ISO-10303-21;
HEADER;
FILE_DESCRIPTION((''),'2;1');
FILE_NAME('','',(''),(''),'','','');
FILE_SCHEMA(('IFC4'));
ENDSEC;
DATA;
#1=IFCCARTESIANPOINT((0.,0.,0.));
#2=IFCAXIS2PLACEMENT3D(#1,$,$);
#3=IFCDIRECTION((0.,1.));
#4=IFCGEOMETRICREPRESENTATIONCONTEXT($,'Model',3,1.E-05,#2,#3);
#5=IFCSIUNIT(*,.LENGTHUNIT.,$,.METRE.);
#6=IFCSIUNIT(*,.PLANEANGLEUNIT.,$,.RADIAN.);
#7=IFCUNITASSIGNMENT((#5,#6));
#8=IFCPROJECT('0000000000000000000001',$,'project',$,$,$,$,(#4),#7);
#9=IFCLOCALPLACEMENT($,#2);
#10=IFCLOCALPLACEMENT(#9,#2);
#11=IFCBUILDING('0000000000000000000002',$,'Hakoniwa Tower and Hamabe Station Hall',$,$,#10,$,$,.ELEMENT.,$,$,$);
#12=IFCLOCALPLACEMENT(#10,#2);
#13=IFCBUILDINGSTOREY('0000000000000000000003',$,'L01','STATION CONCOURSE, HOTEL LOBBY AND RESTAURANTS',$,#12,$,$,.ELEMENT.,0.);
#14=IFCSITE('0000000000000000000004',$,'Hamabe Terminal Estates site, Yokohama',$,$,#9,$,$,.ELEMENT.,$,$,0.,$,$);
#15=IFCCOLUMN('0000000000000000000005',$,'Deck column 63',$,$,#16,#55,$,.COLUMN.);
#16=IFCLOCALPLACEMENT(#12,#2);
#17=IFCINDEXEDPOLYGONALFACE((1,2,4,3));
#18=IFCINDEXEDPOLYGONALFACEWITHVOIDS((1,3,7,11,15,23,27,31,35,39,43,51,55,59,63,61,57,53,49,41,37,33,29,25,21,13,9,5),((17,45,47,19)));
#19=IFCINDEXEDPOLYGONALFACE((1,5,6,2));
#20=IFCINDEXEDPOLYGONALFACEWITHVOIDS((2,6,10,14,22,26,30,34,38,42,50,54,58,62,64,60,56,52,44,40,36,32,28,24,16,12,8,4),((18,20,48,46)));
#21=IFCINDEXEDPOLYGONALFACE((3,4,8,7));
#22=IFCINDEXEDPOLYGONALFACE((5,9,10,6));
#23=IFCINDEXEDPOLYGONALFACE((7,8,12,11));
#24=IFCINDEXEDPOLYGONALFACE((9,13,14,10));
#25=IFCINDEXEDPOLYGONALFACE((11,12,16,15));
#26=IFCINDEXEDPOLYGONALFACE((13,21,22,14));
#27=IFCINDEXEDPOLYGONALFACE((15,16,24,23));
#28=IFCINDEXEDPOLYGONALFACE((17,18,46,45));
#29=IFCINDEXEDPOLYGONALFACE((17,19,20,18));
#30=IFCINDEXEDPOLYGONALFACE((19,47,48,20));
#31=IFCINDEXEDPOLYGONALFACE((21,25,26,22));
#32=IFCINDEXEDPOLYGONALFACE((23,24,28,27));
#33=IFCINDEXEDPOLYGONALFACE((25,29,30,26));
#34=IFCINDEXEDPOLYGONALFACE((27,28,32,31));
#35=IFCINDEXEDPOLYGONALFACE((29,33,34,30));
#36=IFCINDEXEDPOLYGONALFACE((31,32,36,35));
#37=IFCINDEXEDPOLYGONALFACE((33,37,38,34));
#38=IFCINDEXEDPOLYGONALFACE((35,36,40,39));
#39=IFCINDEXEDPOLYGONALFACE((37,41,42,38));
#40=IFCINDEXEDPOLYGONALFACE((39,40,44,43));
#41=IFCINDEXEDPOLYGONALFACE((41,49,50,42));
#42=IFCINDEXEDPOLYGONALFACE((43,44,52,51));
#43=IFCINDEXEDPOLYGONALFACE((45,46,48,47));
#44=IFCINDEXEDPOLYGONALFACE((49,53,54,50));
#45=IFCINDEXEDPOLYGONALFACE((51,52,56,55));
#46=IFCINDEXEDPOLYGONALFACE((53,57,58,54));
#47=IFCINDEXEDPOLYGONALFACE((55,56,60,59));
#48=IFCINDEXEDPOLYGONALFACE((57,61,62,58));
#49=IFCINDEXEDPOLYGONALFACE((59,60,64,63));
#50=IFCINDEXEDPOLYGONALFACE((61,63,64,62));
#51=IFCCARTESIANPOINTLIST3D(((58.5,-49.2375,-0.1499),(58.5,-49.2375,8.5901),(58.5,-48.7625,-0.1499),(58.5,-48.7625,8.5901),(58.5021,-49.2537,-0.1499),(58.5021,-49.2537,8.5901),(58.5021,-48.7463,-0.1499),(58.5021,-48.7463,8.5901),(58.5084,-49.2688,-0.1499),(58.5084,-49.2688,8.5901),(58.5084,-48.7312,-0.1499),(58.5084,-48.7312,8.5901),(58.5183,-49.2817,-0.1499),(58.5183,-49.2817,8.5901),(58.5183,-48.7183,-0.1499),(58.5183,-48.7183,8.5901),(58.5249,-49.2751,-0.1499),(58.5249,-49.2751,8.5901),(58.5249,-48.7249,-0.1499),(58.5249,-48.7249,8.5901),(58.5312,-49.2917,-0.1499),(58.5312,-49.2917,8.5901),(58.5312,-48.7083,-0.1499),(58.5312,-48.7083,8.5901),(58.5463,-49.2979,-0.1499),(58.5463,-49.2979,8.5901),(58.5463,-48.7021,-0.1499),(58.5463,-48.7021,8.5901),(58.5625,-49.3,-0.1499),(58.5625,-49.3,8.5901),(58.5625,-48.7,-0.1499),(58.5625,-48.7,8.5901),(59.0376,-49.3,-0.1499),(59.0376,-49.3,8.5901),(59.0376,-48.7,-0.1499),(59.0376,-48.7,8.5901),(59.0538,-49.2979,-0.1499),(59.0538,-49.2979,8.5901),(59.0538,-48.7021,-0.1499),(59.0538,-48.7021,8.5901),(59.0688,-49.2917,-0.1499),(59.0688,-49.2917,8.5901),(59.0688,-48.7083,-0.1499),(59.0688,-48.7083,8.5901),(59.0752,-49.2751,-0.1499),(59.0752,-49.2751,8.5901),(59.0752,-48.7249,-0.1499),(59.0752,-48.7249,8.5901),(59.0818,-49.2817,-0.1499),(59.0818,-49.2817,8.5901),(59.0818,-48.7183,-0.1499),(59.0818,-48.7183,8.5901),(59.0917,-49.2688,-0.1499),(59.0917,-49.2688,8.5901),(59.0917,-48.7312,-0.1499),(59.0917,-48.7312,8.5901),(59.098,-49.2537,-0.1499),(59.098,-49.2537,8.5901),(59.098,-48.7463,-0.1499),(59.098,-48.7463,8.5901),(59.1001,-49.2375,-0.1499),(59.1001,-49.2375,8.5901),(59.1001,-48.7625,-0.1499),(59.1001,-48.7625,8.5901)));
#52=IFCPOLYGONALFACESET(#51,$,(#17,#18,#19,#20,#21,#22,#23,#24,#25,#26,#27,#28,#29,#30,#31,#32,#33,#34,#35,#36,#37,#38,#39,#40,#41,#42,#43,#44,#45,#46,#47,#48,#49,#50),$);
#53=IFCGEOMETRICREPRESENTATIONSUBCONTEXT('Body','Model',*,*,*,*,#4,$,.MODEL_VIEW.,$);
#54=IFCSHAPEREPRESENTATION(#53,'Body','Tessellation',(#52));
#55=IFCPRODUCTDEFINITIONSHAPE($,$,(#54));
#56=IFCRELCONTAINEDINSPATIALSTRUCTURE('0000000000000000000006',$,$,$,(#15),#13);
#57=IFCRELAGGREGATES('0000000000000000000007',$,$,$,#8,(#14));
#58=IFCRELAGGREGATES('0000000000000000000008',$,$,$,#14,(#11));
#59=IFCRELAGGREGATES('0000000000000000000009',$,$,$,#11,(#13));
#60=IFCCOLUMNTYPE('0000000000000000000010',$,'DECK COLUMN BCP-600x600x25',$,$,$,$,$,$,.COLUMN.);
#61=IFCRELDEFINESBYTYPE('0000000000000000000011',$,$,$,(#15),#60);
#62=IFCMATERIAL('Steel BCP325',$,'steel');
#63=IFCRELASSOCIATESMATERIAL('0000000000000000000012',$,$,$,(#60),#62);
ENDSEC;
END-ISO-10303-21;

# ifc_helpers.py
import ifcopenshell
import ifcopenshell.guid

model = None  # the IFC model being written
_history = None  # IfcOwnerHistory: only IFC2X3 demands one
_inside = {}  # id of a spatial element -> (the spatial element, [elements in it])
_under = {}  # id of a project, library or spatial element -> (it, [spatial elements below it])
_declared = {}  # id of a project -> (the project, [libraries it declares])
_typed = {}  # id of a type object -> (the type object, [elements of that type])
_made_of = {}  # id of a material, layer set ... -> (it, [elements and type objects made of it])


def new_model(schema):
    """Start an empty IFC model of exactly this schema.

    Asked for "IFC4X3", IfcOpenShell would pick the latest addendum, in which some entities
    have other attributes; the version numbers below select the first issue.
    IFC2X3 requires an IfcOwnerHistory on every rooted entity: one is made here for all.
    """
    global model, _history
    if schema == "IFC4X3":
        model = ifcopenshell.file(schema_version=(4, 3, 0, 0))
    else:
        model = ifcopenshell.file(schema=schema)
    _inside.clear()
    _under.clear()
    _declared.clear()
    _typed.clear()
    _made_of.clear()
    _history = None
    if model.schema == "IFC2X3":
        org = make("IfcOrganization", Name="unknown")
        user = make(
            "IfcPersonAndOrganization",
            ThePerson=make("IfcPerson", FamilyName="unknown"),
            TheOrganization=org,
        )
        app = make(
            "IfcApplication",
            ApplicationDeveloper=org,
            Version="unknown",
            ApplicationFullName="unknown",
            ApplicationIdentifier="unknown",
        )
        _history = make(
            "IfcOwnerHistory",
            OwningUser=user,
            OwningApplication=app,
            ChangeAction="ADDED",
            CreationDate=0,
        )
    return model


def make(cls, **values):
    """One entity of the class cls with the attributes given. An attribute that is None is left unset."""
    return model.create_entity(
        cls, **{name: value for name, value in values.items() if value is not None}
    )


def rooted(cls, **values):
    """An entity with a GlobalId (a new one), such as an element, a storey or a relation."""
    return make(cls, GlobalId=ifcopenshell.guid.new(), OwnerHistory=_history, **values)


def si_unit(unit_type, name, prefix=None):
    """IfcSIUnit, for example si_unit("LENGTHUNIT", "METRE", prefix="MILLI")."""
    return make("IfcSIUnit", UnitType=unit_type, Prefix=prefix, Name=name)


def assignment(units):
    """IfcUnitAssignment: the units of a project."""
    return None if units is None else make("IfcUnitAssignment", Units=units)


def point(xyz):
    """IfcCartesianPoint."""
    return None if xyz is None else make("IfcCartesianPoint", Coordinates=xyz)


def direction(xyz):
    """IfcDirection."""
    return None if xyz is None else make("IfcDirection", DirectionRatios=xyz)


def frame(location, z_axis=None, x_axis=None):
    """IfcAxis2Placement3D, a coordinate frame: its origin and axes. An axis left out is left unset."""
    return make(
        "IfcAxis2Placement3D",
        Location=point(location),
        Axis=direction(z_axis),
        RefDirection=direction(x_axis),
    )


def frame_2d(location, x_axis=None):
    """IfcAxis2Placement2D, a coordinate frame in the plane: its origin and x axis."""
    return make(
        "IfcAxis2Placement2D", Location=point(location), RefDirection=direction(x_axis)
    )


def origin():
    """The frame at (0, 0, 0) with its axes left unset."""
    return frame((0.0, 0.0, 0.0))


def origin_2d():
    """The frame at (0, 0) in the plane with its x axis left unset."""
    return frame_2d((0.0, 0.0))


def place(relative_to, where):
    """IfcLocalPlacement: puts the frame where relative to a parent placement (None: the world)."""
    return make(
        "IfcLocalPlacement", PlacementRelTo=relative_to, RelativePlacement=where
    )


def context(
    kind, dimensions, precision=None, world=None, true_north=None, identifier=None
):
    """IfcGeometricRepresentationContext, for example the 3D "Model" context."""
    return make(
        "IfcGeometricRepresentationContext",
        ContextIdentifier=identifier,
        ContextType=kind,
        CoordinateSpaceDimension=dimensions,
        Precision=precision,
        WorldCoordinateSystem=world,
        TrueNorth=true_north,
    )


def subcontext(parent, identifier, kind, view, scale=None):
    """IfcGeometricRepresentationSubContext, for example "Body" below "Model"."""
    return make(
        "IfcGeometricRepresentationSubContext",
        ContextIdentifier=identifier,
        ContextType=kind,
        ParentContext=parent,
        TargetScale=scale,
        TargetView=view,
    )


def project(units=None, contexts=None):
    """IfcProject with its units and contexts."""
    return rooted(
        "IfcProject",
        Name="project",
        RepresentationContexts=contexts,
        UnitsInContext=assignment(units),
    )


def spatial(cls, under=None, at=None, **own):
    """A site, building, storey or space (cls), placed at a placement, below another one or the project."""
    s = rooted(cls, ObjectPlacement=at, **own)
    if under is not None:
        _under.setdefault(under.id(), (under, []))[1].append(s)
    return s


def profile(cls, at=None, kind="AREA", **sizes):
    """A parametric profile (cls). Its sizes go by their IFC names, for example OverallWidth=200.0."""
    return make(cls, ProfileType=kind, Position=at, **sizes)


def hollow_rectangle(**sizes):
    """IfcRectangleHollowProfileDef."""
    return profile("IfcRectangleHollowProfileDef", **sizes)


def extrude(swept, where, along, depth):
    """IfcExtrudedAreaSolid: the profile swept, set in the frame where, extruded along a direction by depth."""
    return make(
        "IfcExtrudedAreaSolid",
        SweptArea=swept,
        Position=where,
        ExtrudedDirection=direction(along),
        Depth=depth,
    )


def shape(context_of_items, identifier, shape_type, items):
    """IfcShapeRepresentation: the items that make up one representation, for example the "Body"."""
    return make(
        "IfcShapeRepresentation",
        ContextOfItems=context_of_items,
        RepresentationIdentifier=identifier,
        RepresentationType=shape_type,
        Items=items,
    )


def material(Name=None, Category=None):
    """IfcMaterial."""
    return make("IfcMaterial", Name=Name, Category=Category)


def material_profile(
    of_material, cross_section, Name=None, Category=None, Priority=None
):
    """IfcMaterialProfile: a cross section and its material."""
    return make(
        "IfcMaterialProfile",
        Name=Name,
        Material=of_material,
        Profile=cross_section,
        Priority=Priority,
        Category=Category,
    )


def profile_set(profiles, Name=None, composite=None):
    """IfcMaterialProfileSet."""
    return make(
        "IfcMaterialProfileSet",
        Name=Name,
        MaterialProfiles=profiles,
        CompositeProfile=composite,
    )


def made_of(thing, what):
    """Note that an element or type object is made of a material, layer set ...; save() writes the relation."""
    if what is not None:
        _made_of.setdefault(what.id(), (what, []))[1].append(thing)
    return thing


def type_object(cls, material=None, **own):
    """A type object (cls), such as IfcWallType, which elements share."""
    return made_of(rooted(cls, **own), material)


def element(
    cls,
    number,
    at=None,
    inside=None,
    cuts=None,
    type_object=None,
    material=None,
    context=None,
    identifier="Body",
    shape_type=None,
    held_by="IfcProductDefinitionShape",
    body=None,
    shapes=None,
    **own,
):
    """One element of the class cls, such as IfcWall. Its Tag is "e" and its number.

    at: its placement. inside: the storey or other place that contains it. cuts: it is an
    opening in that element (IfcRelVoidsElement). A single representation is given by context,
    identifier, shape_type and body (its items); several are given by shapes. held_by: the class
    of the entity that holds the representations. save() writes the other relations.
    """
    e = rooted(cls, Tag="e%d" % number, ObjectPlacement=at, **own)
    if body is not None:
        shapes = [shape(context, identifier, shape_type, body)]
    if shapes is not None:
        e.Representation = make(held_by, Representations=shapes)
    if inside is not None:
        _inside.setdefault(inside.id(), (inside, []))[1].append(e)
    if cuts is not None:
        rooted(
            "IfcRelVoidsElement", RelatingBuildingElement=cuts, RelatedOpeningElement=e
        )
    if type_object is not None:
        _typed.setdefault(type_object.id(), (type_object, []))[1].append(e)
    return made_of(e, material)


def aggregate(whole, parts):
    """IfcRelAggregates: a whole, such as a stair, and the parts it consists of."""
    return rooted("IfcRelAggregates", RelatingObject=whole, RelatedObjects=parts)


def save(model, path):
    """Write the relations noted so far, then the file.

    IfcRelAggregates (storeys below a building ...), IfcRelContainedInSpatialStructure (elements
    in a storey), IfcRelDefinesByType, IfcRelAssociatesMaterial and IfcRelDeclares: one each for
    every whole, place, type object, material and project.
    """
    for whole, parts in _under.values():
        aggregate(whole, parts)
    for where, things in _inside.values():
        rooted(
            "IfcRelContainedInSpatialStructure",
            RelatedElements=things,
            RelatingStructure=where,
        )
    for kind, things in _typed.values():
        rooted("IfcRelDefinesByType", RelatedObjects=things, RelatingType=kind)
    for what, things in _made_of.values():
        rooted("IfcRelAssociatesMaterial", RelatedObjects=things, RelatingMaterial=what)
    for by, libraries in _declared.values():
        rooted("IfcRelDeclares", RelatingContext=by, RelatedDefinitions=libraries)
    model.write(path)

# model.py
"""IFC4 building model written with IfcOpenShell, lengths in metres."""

from ifc_helpers import new_model, si_unit, direction, frame, origin, origin_2d, place, context, subcontext, project, spatial, hollow_rectangle, extrude, material, material_profile, profile_set, type_object, element, save


model = new_model("IFC4")

# Units and contexts
model_context = context("Model", 3, precision=1e-05, world=origin(), true_north=direction((0.0, 1.0)))
body_context = subcontext(model_context, "Body", "Model", "MODEL_VIEW")
ifc_project = project(units=[si_unit("LENGTHUNIT", "METRE"), si_unit("PLANEANGLEUNIT", "RADIAN")], contexts=[model_context])

# Site, building, storey
site_placement = place(None, origin())
site = spatial("IfcSite", under=ifc_project, at=site_placement, Name="Hamabe Terminal Estates site, Yokohama", CompositionType="ELEMENT", RefElevation=0.0)
building_placement = place(site_placement, origin())
building = spatial("IfcBuilding", under=site, at=building_placement, Name="Hakoniwa Tower and Hamabe Station Hall", CompositionType="ELEMENT")
storey_placement = place(building_placement, origin())
storey = spatial("IfcBuildingStorey", under=building, at=storey_placement, Name="L01", Description="STATION CONCOURSE, HOTEL LOBBY AND RESTAURANTS", CompositionType="ELEMENT", Elevation=0.0)

# Column
ifc_material_1 = material(Name="Steel BCP325", Category="steel")
ifc_material_profile_1 = material_profile(ifc_material_1, hollow_rectangle(XDim=0.6001, YDim=0.6001, WallThickness=0.0249, OuterFilletRadius=0.0625, at=origin_2d()), Name="DECK COLUMN BCP-600x600x25")
ifc_profile_set_1 = profile_set([ifc_material_profile_1], Name="Steel BCP325")
column_type = type_object("IfcColumnType", Name="DECK COLUMN BCP-600x600x25", PredefinedType="COLUMN", material=ifc_profile_set_1)
for number, where, z_axis, x_axis, name in (
    (1, (58.8, -49.0, -0.1499), (0.0, 0.0, 1.0), (1.0, 0.0, 0.0), "Deck column 63"),
):
    element("IfcColumn", number, at=place(storey_placement, frame(where, z_axis=z_axis, x_axis=x_axis)), inside=storey, type_object=column_type, Name=name, PredefinedType="COLUMN", context=body_context, shape_type="SweptSolid", body=[
        extrude(hollow_rectangle(XDim=0.6001, YDim=0.6001, WallThickness=0.0249, OuterFilletRadius=0.0625, at=origin_2d()), origin(), (0.0, 0.0, 1.0), 8.74),
    ])

save(model, "model.ifc")
